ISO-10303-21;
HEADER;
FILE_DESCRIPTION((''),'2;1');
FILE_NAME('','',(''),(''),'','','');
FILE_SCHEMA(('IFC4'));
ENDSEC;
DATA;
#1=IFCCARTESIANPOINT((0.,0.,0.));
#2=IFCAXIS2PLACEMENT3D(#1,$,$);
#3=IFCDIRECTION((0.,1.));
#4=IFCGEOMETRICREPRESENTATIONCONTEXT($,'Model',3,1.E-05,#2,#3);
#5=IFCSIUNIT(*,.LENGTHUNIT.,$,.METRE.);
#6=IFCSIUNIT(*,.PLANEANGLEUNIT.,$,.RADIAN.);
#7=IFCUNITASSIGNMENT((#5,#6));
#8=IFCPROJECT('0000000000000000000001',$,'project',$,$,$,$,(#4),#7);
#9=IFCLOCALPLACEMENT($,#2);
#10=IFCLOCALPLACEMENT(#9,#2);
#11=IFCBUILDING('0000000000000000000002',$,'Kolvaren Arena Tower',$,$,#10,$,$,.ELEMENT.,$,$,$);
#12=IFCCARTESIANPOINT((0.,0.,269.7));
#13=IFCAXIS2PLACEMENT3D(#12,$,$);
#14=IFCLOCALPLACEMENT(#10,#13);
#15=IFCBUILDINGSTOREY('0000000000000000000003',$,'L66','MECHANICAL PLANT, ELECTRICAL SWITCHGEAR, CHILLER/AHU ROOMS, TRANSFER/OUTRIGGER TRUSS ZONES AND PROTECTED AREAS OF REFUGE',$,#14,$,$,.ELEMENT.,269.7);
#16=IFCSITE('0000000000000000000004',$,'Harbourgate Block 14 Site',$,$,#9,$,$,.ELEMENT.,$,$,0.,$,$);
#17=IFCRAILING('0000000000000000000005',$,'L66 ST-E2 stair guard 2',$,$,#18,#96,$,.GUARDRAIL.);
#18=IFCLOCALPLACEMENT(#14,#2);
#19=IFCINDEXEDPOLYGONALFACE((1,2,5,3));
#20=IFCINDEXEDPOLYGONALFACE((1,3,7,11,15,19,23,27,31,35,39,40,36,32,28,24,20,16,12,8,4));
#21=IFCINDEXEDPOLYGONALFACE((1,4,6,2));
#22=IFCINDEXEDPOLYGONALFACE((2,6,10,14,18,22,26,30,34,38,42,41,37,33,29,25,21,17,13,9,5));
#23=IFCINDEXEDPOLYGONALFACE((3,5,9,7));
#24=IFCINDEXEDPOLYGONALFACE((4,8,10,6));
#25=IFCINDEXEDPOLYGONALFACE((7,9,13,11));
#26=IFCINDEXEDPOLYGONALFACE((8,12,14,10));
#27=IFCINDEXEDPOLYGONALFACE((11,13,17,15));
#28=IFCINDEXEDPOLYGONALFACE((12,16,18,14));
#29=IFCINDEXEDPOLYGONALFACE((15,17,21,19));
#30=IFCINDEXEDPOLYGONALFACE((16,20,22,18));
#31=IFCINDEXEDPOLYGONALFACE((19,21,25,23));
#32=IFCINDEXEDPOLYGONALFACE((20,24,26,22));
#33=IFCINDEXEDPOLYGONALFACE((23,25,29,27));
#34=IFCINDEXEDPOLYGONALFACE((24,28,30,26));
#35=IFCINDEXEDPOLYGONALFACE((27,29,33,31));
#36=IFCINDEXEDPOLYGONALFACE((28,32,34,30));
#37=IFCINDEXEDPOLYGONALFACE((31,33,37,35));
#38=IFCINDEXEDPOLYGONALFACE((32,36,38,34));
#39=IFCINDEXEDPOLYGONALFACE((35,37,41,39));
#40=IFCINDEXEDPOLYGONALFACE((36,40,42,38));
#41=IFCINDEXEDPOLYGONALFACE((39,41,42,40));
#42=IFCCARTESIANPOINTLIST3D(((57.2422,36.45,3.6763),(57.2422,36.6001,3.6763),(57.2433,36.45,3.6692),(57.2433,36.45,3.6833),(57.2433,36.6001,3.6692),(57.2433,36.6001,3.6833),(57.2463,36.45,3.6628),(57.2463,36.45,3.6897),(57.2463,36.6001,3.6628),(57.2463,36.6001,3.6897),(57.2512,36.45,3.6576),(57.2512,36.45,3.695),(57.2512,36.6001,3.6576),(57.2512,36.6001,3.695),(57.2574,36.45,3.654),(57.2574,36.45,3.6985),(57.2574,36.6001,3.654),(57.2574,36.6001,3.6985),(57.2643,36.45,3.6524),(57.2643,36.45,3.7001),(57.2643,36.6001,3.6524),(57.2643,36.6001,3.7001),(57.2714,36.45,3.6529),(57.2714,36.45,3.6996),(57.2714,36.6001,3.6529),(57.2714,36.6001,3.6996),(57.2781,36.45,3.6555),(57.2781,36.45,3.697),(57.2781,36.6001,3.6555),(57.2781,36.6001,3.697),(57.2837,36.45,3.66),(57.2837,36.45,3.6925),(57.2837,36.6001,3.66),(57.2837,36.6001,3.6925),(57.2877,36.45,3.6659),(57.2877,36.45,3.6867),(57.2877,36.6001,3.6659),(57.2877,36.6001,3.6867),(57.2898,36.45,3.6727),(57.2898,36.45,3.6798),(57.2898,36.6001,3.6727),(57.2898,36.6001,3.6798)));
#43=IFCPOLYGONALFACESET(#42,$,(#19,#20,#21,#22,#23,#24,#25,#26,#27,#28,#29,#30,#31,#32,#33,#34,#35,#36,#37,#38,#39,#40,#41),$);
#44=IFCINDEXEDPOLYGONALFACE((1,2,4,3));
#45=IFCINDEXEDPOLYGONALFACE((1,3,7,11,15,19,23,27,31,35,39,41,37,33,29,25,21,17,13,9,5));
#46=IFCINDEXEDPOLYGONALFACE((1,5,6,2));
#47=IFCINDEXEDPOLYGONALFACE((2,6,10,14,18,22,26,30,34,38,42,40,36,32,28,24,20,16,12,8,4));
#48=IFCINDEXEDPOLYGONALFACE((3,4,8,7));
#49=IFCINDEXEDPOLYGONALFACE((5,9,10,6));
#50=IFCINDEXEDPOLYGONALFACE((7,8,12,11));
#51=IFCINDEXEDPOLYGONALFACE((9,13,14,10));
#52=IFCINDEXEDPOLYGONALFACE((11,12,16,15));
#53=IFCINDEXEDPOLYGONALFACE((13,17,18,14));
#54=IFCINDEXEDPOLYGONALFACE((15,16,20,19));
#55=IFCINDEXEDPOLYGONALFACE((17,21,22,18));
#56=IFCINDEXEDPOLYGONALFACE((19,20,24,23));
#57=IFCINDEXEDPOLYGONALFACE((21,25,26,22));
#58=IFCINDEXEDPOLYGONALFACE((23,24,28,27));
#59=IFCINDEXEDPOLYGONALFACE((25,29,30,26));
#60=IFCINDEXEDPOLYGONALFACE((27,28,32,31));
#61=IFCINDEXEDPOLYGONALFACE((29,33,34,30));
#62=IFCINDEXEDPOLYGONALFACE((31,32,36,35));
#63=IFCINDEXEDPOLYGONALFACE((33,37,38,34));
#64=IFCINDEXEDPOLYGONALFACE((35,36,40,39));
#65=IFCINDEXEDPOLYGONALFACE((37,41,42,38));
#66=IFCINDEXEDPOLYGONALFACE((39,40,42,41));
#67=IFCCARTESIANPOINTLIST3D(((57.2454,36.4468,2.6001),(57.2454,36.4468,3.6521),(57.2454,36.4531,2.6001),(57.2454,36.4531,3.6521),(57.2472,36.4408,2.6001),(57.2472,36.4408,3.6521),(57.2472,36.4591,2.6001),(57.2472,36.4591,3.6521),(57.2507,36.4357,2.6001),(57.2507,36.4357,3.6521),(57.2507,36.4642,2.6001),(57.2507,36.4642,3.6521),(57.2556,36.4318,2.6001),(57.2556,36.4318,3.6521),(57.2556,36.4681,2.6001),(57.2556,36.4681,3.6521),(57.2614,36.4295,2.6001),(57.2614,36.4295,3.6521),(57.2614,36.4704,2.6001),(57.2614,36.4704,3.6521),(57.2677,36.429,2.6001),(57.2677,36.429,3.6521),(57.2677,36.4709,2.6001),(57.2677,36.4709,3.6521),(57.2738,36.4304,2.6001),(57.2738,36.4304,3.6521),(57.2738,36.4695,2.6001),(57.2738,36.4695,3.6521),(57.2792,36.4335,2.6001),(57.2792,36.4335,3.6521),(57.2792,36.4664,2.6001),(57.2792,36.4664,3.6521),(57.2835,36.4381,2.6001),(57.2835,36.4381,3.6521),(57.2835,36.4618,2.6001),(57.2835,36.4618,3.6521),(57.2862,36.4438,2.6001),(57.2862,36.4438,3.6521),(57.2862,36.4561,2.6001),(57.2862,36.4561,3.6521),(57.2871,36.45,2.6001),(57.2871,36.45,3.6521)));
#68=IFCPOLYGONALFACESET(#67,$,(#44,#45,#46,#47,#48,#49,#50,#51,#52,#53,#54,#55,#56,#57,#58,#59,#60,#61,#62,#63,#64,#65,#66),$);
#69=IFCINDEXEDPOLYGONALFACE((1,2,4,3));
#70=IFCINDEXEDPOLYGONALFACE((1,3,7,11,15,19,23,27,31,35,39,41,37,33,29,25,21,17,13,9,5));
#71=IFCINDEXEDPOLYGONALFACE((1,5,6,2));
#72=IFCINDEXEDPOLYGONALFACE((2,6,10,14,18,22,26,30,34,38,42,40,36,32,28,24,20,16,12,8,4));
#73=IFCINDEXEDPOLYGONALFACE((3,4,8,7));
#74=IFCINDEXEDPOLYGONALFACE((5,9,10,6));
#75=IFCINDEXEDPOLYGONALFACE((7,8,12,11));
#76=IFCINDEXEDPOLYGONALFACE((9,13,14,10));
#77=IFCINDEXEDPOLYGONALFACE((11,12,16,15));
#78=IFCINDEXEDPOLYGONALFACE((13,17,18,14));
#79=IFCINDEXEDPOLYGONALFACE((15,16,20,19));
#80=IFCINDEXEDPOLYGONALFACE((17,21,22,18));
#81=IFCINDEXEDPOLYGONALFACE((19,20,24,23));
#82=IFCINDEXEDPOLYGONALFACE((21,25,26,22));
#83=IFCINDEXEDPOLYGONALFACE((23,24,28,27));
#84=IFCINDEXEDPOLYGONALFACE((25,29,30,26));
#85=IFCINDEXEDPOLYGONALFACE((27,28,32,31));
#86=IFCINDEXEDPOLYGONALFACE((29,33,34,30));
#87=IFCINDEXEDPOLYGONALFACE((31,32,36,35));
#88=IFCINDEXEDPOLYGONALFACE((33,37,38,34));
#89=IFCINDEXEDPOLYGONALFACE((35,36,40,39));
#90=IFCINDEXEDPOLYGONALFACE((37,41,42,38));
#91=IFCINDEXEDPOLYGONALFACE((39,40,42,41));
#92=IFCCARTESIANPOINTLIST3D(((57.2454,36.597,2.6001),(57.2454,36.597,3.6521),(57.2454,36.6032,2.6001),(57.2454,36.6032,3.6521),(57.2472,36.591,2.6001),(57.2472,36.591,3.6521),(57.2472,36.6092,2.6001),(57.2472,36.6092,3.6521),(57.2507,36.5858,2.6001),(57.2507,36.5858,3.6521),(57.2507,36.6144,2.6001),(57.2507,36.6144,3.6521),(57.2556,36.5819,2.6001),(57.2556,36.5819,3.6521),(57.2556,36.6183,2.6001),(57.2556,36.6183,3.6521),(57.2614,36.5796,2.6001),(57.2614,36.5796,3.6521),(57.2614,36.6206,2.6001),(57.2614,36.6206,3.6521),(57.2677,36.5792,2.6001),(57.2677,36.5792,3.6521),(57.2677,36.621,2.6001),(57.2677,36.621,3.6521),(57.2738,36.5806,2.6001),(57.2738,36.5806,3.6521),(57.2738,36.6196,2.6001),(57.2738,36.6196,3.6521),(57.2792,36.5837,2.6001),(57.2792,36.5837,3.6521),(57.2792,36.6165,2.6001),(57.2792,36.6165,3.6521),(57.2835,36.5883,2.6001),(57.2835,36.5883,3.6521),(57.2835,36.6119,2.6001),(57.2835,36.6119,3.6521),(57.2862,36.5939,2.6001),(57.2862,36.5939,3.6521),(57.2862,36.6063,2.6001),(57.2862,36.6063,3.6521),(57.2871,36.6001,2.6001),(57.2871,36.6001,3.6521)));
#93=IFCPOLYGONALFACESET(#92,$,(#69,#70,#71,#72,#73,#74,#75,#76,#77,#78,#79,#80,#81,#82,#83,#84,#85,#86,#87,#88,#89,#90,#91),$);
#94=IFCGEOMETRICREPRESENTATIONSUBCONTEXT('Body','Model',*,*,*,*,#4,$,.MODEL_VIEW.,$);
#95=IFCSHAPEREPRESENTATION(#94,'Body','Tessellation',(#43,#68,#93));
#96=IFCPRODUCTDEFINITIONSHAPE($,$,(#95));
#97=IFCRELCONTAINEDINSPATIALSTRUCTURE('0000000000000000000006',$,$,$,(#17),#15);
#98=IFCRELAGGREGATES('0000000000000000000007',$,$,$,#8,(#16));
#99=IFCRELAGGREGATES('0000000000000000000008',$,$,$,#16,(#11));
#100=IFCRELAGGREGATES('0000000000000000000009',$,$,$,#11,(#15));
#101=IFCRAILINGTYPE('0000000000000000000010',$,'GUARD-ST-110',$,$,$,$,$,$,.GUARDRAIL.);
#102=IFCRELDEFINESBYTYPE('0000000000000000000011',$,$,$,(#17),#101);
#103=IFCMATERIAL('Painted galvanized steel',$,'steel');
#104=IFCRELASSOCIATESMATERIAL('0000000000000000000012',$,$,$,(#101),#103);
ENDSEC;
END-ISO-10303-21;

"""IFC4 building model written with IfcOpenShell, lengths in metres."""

from ifc_helpers import new_model, si_unit, direction, frame, origin, origin_2d, place, context, subcontext, project, spatial, circle, extrude, material, type_object, element, save


model = new_model("IFC4")

# Units and contexts
model_context = context("Model", 3, precision=1e-05, world=origin(), true_north=direction((0.0, 1.0)))
body_context = subcontext(model_context, "Body", "Model", "MODEL_VIEW")
ifc_project = project(units=[si_unit("LENGTHUNIT", "METRE"), si_unit("PLANEANGLEUNIT", "RADIAN")], contexts=[model_context])

# Site, building, storey
site_placement = place(None, origin())
site = spatial("IfcSite", under=ifc_project, at=site_placement, Name="Harbourgate Block 14 Site", CompositionType="ELEMENT", RefElevation=0.0)
building_placement = place(site_placement, origin())
building = spatial("IfcBuilding", under=site, at=building_placement, Name="Kolvaren Arena Tower", CompositionType="ELEMENT")
storey_placement = place(building_placement, frame((0.0, 0.0, 269.7)))
storey = spatial("IfcBuildingStorey", under=building, at=storey_placement, Name="L66", Description="MECHANICAL PLANT, ELECTRICAL SWITCHGEAR, CHILLER/AHU ROOMS, TRANSFER/OUTRIGGER TRUSS ZONES AND PROTECTED AREAS OF REFUGE", CompositionType="ELEMENT", Elevation=269.7)

# Railing
ifc_material_1 = material(Name="Painted galvanized steel", Category="steel")
railing_type_1 = type_object("IfcRailingType", Name="GUARD-ST-110", PredefinedType="GUARDRAIL", material=ifc_material_1)
railing_1_placement = place(storey_placement, frame((57.2661, 36.45, 2.6001)))
element("IfcRailing", 1, at=railing_1_placement, inside=storey, type_object=railing_type_1, Name="L66 ST-E2 stair guard 2", PredefinedType="GUARDRAIL", context=body_context, shape_type="SweptSolid", body=[
    extrude(circle(Radius=0.0239, at=origin_2d()), frame((0.0, 0.0, 1.0762), z_axis=(0.0, 1.0, 0.0), x_axis=(-1.0, 0.0, 0.0)), (0.0, 0.0, 1.0), 0.1501),
    extrude(circle(Radius=0.021, at=origin_2d()), origin(), (0.0, 0.0, 1.0), 1.052),
    extrude(circle(Radius=0.021, at=origin_2d()), frame((0.0, 0.1501, 0.0)), (0.0, 0.0, 1.0), 1.052),
])

save(model, "model.ifc")
